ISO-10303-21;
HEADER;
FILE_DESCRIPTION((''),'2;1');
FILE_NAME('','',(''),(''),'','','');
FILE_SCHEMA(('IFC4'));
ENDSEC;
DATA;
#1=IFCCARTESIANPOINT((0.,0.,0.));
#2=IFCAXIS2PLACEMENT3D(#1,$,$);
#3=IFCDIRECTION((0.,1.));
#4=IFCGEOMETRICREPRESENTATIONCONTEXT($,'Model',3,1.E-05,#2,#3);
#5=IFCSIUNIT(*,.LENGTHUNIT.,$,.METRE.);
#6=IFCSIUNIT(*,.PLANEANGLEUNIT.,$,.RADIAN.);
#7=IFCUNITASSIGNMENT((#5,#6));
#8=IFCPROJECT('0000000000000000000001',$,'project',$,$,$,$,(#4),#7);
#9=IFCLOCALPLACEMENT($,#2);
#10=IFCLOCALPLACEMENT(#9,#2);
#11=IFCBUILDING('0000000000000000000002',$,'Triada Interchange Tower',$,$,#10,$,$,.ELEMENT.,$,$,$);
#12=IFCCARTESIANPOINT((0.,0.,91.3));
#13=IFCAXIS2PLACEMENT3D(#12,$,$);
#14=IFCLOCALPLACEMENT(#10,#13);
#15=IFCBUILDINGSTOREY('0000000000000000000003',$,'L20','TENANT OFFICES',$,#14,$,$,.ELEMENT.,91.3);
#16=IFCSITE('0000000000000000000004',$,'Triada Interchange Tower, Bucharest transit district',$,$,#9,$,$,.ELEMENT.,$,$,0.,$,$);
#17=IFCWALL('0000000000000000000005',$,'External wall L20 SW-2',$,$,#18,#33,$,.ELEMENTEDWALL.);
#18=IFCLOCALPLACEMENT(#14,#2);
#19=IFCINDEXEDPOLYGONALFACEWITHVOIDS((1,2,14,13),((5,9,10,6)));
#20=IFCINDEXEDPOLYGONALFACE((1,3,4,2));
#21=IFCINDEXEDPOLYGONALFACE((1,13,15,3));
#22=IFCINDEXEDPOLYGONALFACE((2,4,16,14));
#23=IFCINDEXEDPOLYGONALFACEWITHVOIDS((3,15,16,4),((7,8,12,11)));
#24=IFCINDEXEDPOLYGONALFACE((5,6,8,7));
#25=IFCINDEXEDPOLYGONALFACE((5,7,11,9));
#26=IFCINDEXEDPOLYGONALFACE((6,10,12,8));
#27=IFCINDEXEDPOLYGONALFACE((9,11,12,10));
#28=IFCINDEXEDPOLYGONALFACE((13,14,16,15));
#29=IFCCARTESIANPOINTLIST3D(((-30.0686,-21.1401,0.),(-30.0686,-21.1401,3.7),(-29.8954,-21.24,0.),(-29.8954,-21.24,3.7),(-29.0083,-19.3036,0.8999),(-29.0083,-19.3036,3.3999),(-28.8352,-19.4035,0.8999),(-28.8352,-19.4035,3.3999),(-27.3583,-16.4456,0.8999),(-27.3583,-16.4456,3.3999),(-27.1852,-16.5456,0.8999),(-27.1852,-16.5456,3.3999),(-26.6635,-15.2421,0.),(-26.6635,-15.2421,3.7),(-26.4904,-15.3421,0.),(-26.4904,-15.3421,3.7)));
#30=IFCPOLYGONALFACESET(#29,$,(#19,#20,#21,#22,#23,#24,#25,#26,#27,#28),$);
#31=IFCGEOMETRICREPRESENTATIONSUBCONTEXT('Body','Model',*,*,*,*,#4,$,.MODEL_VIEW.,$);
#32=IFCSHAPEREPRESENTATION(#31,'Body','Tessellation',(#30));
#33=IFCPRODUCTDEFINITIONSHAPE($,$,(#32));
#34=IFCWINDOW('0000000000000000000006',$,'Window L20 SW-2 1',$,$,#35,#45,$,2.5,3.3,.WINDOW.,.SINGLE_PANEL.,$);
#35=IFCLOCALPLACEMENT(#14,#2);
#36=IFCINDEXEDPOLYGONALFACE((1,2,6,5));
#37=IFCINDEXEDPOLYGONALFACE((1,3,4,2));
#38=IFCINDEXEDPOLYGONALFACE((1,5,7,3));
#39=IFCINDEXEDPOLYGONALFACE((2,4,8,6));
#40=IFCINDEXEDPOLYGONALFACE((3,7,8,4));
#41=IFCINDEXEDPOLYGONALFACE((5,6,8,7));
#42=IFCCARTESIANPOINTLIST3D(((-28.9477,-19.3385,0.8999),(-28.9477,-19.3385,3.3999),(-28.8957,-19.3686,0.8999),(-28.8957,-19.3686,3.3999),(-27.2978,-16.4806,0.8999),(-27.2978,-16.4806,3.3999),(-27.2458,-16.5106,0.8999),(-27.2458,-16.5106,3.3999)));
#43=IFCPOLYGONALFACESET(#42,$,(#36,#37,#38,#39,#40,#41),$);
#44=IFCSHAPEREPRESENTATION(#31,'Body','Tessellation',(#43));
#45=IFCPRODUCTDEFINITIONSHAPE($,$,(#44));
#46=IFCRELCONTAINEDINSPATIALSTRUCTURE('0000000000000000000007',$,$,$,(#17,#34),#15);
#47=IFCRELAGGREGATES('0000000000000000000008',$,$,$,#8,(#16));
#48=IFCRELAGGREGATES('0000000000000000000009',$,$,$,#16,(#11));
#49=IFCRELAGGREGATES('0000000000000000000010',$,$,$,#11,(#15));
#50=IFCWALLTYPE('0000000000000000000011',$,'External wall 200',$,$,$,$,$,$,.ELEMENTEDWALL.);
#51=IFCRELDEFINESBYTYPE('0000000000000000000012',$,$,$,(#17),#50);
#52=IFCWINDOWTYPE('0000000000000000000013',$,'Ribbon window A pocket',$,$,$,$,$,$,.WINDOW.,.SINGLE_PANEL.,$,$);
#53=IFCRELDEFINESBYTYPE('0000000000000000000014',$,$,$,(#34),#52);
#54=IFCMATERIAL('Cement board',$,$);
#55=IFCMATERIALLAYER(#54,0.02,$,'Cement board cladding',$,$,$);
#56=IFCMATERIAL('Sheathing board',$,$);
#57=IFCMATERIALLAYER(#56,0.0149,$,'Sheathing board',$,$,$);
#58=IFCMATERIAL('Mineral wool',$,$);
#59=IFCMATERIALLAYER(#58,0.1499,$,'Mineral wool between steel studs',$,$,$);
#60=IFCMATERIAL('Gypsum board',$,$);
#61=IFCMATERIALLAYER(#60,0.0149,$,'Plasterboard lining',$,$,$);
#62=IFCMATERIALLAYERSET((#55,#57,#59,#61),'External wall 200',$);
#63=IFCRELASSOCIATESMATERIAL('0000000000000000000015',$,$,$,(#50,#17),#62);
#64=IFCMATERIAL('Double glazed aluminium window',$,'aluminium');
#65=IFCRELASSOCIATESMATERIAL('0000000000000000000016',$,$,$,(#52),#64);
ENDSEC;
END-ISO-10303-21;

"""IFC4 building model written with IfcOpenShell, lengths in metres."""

from ifc_helpers import new_model, si_unit, direction, frame, frame_2d, origin, place, context, subcontext, project, spatial, rectangle, extrude, material, layer, layer_set, layer_usage, type_object, element, fill, save


model = new_model("IFC4")

# Units and contexts
model_context = context("Model", 3, precision=1e-05, world=origin(), true_north=direction((0.0, 1.0)))
body_context = subcontext(model_context, "Body", "Model", "MODEL_VIEW")
ifc_project = project(units=[si_unit("LENGTHUNIT", "METRE"), si_unit("PLANEANGLEUNIT", "RADIAN")], contexts=[model_context])

# Site, building, storey
site_placement = place(None, origin())
site = spatial("IfcSite", under=ifc_project, at=site_placement, Name="Triada Interchange Tower, Bucharest transit district", CompositionType="ELEMENT", RefElevation=0.0)
building_placement = place(site_placement, origin())
building = spatial("IfcBuilding", under=site, at=building_placement, Name="Triada Interchange Tower", CompositionType="ELEMENT")
storey_placement = place(building_placement, frame((0.0, 0.0, 91.3)))
storey = spatial("IfcBuildingStorey", under=building, at=storey_placement, Name="L20", Description="TENANT OFFICES", CompositionType="ELEMENT", Elevation=91.3)

# Wall, opening, window
ifc_material_1 = material(Name="Cement board")
ifc_layer_1 = layer(ifc_material_1, 0.02, Name="Cement board cladding")
ifc_material_2 = material(Name="Sheathing board")
ifc_layer_2 = layer(ifc_material_2, 0.0149, Name="Sheathing board")
ifc_material_3 = material(Name="Mineral wool")
ifc_layer_3 = layer(ifc_material_3, 0.1499, Name="Mineral wool between steel studs")
ifc_material_4 = material(Name="Gypsum board")
ifc_layer_4 = layer(ifc_material_4, 0.0149, Name="Plasterboard lining")
ifc_layer_set_1 = layer_set([ifc_layer_1, ifc_layer_2, ifc_layer_3, ifc_layer_4], Name="External wall 200")
ifc_layer_usage = layer_usage(ifc_layer_set_1, "AXIS2", "POSITIVE", -0.1001)
wall_type_1 = type_object("IfcWallType", Name="External wall 200", PredefinedType="ELEMENTEDWALL", material=ifc_layer_set_1)
ifc_material_5 = material(Name="Double glazed aluminium window", Category="aluminium")
window_type_1 = type_object("IfcWindowType", Name="Ribbon window A pocket", PartitioningType="SINGLE_PANEL", PredefinedType="WINDOW", material=ifc_material_5)
wall_1_placement = place(storey_placement, frame((-26.5769, -15.292, 0.0), z_axis=(0.0, 0.0, 1.0), x_axis=(-0.499983, -0.866035, 0.0)))
wall_1 = element("IfcWall", 1, at=wall_1_placement, inside=storey, type_object=wall_type_1, material=ifc_layer_usage, Name="External wall L20 SW-2", PredefinedType="ELEMENTEDWALL", context=body_context, shape_type="SweptSolid", body=[
    extrude(rectangle(XDim=6.8103, YDim=0.2, at=frame_2d((3.4053, 0.0))), origin(), (0.0, 0.0, 1.0), 3.7),
])
opening_1_placement = place(wall_1_placement, frame((1.3899, 0.0, 0.8999)))
opening_1 = element("IfcOpeningElement", 2, at=opening_1_placement, cuts=wall_1, PredefinedType="OPENING", context=body_context, shape_type="SweptSolid", body=[
    extrude(rectangle(XDim=3.3, YDim=2.5, at=frame_2d((1.6499, 1.25))), frame((0.0, 0.1099, 0.0), z_axis=(0.0, -1.0, 0.0), x_axis=(1.0, 0.0, 0.0)), (0.0, 0.0, 1.0), 0.22),
])
window_1_placement = place(opening_1_placement, origin())
window_1 = element("IfcWindow", 3, at=window_1_placement, inside=storey, type_object=window_type_1, Name="Window L20 SW-2 1", OverallHeight=2.5, OverallWidth=3.3, PartitioningType="SINGLE_PANEL", PredefinedType="WINDOW", context=body_context, shape_type="SweptSolid", body=[
    extrude(rectangle(XDim=3.3, YDim=2.5, at=frame_2d((1.6499, 1.25))), frame((0.0, 0.03, 0.0), z_axis=(0.0, -1.0, 0.0), x_axis=(1.0, 0.0, 0.0)), (0.0, 0.0, 1.0), 0.0601),
])
fill(opening_1, window_1)

save(model, "model.ifc")
